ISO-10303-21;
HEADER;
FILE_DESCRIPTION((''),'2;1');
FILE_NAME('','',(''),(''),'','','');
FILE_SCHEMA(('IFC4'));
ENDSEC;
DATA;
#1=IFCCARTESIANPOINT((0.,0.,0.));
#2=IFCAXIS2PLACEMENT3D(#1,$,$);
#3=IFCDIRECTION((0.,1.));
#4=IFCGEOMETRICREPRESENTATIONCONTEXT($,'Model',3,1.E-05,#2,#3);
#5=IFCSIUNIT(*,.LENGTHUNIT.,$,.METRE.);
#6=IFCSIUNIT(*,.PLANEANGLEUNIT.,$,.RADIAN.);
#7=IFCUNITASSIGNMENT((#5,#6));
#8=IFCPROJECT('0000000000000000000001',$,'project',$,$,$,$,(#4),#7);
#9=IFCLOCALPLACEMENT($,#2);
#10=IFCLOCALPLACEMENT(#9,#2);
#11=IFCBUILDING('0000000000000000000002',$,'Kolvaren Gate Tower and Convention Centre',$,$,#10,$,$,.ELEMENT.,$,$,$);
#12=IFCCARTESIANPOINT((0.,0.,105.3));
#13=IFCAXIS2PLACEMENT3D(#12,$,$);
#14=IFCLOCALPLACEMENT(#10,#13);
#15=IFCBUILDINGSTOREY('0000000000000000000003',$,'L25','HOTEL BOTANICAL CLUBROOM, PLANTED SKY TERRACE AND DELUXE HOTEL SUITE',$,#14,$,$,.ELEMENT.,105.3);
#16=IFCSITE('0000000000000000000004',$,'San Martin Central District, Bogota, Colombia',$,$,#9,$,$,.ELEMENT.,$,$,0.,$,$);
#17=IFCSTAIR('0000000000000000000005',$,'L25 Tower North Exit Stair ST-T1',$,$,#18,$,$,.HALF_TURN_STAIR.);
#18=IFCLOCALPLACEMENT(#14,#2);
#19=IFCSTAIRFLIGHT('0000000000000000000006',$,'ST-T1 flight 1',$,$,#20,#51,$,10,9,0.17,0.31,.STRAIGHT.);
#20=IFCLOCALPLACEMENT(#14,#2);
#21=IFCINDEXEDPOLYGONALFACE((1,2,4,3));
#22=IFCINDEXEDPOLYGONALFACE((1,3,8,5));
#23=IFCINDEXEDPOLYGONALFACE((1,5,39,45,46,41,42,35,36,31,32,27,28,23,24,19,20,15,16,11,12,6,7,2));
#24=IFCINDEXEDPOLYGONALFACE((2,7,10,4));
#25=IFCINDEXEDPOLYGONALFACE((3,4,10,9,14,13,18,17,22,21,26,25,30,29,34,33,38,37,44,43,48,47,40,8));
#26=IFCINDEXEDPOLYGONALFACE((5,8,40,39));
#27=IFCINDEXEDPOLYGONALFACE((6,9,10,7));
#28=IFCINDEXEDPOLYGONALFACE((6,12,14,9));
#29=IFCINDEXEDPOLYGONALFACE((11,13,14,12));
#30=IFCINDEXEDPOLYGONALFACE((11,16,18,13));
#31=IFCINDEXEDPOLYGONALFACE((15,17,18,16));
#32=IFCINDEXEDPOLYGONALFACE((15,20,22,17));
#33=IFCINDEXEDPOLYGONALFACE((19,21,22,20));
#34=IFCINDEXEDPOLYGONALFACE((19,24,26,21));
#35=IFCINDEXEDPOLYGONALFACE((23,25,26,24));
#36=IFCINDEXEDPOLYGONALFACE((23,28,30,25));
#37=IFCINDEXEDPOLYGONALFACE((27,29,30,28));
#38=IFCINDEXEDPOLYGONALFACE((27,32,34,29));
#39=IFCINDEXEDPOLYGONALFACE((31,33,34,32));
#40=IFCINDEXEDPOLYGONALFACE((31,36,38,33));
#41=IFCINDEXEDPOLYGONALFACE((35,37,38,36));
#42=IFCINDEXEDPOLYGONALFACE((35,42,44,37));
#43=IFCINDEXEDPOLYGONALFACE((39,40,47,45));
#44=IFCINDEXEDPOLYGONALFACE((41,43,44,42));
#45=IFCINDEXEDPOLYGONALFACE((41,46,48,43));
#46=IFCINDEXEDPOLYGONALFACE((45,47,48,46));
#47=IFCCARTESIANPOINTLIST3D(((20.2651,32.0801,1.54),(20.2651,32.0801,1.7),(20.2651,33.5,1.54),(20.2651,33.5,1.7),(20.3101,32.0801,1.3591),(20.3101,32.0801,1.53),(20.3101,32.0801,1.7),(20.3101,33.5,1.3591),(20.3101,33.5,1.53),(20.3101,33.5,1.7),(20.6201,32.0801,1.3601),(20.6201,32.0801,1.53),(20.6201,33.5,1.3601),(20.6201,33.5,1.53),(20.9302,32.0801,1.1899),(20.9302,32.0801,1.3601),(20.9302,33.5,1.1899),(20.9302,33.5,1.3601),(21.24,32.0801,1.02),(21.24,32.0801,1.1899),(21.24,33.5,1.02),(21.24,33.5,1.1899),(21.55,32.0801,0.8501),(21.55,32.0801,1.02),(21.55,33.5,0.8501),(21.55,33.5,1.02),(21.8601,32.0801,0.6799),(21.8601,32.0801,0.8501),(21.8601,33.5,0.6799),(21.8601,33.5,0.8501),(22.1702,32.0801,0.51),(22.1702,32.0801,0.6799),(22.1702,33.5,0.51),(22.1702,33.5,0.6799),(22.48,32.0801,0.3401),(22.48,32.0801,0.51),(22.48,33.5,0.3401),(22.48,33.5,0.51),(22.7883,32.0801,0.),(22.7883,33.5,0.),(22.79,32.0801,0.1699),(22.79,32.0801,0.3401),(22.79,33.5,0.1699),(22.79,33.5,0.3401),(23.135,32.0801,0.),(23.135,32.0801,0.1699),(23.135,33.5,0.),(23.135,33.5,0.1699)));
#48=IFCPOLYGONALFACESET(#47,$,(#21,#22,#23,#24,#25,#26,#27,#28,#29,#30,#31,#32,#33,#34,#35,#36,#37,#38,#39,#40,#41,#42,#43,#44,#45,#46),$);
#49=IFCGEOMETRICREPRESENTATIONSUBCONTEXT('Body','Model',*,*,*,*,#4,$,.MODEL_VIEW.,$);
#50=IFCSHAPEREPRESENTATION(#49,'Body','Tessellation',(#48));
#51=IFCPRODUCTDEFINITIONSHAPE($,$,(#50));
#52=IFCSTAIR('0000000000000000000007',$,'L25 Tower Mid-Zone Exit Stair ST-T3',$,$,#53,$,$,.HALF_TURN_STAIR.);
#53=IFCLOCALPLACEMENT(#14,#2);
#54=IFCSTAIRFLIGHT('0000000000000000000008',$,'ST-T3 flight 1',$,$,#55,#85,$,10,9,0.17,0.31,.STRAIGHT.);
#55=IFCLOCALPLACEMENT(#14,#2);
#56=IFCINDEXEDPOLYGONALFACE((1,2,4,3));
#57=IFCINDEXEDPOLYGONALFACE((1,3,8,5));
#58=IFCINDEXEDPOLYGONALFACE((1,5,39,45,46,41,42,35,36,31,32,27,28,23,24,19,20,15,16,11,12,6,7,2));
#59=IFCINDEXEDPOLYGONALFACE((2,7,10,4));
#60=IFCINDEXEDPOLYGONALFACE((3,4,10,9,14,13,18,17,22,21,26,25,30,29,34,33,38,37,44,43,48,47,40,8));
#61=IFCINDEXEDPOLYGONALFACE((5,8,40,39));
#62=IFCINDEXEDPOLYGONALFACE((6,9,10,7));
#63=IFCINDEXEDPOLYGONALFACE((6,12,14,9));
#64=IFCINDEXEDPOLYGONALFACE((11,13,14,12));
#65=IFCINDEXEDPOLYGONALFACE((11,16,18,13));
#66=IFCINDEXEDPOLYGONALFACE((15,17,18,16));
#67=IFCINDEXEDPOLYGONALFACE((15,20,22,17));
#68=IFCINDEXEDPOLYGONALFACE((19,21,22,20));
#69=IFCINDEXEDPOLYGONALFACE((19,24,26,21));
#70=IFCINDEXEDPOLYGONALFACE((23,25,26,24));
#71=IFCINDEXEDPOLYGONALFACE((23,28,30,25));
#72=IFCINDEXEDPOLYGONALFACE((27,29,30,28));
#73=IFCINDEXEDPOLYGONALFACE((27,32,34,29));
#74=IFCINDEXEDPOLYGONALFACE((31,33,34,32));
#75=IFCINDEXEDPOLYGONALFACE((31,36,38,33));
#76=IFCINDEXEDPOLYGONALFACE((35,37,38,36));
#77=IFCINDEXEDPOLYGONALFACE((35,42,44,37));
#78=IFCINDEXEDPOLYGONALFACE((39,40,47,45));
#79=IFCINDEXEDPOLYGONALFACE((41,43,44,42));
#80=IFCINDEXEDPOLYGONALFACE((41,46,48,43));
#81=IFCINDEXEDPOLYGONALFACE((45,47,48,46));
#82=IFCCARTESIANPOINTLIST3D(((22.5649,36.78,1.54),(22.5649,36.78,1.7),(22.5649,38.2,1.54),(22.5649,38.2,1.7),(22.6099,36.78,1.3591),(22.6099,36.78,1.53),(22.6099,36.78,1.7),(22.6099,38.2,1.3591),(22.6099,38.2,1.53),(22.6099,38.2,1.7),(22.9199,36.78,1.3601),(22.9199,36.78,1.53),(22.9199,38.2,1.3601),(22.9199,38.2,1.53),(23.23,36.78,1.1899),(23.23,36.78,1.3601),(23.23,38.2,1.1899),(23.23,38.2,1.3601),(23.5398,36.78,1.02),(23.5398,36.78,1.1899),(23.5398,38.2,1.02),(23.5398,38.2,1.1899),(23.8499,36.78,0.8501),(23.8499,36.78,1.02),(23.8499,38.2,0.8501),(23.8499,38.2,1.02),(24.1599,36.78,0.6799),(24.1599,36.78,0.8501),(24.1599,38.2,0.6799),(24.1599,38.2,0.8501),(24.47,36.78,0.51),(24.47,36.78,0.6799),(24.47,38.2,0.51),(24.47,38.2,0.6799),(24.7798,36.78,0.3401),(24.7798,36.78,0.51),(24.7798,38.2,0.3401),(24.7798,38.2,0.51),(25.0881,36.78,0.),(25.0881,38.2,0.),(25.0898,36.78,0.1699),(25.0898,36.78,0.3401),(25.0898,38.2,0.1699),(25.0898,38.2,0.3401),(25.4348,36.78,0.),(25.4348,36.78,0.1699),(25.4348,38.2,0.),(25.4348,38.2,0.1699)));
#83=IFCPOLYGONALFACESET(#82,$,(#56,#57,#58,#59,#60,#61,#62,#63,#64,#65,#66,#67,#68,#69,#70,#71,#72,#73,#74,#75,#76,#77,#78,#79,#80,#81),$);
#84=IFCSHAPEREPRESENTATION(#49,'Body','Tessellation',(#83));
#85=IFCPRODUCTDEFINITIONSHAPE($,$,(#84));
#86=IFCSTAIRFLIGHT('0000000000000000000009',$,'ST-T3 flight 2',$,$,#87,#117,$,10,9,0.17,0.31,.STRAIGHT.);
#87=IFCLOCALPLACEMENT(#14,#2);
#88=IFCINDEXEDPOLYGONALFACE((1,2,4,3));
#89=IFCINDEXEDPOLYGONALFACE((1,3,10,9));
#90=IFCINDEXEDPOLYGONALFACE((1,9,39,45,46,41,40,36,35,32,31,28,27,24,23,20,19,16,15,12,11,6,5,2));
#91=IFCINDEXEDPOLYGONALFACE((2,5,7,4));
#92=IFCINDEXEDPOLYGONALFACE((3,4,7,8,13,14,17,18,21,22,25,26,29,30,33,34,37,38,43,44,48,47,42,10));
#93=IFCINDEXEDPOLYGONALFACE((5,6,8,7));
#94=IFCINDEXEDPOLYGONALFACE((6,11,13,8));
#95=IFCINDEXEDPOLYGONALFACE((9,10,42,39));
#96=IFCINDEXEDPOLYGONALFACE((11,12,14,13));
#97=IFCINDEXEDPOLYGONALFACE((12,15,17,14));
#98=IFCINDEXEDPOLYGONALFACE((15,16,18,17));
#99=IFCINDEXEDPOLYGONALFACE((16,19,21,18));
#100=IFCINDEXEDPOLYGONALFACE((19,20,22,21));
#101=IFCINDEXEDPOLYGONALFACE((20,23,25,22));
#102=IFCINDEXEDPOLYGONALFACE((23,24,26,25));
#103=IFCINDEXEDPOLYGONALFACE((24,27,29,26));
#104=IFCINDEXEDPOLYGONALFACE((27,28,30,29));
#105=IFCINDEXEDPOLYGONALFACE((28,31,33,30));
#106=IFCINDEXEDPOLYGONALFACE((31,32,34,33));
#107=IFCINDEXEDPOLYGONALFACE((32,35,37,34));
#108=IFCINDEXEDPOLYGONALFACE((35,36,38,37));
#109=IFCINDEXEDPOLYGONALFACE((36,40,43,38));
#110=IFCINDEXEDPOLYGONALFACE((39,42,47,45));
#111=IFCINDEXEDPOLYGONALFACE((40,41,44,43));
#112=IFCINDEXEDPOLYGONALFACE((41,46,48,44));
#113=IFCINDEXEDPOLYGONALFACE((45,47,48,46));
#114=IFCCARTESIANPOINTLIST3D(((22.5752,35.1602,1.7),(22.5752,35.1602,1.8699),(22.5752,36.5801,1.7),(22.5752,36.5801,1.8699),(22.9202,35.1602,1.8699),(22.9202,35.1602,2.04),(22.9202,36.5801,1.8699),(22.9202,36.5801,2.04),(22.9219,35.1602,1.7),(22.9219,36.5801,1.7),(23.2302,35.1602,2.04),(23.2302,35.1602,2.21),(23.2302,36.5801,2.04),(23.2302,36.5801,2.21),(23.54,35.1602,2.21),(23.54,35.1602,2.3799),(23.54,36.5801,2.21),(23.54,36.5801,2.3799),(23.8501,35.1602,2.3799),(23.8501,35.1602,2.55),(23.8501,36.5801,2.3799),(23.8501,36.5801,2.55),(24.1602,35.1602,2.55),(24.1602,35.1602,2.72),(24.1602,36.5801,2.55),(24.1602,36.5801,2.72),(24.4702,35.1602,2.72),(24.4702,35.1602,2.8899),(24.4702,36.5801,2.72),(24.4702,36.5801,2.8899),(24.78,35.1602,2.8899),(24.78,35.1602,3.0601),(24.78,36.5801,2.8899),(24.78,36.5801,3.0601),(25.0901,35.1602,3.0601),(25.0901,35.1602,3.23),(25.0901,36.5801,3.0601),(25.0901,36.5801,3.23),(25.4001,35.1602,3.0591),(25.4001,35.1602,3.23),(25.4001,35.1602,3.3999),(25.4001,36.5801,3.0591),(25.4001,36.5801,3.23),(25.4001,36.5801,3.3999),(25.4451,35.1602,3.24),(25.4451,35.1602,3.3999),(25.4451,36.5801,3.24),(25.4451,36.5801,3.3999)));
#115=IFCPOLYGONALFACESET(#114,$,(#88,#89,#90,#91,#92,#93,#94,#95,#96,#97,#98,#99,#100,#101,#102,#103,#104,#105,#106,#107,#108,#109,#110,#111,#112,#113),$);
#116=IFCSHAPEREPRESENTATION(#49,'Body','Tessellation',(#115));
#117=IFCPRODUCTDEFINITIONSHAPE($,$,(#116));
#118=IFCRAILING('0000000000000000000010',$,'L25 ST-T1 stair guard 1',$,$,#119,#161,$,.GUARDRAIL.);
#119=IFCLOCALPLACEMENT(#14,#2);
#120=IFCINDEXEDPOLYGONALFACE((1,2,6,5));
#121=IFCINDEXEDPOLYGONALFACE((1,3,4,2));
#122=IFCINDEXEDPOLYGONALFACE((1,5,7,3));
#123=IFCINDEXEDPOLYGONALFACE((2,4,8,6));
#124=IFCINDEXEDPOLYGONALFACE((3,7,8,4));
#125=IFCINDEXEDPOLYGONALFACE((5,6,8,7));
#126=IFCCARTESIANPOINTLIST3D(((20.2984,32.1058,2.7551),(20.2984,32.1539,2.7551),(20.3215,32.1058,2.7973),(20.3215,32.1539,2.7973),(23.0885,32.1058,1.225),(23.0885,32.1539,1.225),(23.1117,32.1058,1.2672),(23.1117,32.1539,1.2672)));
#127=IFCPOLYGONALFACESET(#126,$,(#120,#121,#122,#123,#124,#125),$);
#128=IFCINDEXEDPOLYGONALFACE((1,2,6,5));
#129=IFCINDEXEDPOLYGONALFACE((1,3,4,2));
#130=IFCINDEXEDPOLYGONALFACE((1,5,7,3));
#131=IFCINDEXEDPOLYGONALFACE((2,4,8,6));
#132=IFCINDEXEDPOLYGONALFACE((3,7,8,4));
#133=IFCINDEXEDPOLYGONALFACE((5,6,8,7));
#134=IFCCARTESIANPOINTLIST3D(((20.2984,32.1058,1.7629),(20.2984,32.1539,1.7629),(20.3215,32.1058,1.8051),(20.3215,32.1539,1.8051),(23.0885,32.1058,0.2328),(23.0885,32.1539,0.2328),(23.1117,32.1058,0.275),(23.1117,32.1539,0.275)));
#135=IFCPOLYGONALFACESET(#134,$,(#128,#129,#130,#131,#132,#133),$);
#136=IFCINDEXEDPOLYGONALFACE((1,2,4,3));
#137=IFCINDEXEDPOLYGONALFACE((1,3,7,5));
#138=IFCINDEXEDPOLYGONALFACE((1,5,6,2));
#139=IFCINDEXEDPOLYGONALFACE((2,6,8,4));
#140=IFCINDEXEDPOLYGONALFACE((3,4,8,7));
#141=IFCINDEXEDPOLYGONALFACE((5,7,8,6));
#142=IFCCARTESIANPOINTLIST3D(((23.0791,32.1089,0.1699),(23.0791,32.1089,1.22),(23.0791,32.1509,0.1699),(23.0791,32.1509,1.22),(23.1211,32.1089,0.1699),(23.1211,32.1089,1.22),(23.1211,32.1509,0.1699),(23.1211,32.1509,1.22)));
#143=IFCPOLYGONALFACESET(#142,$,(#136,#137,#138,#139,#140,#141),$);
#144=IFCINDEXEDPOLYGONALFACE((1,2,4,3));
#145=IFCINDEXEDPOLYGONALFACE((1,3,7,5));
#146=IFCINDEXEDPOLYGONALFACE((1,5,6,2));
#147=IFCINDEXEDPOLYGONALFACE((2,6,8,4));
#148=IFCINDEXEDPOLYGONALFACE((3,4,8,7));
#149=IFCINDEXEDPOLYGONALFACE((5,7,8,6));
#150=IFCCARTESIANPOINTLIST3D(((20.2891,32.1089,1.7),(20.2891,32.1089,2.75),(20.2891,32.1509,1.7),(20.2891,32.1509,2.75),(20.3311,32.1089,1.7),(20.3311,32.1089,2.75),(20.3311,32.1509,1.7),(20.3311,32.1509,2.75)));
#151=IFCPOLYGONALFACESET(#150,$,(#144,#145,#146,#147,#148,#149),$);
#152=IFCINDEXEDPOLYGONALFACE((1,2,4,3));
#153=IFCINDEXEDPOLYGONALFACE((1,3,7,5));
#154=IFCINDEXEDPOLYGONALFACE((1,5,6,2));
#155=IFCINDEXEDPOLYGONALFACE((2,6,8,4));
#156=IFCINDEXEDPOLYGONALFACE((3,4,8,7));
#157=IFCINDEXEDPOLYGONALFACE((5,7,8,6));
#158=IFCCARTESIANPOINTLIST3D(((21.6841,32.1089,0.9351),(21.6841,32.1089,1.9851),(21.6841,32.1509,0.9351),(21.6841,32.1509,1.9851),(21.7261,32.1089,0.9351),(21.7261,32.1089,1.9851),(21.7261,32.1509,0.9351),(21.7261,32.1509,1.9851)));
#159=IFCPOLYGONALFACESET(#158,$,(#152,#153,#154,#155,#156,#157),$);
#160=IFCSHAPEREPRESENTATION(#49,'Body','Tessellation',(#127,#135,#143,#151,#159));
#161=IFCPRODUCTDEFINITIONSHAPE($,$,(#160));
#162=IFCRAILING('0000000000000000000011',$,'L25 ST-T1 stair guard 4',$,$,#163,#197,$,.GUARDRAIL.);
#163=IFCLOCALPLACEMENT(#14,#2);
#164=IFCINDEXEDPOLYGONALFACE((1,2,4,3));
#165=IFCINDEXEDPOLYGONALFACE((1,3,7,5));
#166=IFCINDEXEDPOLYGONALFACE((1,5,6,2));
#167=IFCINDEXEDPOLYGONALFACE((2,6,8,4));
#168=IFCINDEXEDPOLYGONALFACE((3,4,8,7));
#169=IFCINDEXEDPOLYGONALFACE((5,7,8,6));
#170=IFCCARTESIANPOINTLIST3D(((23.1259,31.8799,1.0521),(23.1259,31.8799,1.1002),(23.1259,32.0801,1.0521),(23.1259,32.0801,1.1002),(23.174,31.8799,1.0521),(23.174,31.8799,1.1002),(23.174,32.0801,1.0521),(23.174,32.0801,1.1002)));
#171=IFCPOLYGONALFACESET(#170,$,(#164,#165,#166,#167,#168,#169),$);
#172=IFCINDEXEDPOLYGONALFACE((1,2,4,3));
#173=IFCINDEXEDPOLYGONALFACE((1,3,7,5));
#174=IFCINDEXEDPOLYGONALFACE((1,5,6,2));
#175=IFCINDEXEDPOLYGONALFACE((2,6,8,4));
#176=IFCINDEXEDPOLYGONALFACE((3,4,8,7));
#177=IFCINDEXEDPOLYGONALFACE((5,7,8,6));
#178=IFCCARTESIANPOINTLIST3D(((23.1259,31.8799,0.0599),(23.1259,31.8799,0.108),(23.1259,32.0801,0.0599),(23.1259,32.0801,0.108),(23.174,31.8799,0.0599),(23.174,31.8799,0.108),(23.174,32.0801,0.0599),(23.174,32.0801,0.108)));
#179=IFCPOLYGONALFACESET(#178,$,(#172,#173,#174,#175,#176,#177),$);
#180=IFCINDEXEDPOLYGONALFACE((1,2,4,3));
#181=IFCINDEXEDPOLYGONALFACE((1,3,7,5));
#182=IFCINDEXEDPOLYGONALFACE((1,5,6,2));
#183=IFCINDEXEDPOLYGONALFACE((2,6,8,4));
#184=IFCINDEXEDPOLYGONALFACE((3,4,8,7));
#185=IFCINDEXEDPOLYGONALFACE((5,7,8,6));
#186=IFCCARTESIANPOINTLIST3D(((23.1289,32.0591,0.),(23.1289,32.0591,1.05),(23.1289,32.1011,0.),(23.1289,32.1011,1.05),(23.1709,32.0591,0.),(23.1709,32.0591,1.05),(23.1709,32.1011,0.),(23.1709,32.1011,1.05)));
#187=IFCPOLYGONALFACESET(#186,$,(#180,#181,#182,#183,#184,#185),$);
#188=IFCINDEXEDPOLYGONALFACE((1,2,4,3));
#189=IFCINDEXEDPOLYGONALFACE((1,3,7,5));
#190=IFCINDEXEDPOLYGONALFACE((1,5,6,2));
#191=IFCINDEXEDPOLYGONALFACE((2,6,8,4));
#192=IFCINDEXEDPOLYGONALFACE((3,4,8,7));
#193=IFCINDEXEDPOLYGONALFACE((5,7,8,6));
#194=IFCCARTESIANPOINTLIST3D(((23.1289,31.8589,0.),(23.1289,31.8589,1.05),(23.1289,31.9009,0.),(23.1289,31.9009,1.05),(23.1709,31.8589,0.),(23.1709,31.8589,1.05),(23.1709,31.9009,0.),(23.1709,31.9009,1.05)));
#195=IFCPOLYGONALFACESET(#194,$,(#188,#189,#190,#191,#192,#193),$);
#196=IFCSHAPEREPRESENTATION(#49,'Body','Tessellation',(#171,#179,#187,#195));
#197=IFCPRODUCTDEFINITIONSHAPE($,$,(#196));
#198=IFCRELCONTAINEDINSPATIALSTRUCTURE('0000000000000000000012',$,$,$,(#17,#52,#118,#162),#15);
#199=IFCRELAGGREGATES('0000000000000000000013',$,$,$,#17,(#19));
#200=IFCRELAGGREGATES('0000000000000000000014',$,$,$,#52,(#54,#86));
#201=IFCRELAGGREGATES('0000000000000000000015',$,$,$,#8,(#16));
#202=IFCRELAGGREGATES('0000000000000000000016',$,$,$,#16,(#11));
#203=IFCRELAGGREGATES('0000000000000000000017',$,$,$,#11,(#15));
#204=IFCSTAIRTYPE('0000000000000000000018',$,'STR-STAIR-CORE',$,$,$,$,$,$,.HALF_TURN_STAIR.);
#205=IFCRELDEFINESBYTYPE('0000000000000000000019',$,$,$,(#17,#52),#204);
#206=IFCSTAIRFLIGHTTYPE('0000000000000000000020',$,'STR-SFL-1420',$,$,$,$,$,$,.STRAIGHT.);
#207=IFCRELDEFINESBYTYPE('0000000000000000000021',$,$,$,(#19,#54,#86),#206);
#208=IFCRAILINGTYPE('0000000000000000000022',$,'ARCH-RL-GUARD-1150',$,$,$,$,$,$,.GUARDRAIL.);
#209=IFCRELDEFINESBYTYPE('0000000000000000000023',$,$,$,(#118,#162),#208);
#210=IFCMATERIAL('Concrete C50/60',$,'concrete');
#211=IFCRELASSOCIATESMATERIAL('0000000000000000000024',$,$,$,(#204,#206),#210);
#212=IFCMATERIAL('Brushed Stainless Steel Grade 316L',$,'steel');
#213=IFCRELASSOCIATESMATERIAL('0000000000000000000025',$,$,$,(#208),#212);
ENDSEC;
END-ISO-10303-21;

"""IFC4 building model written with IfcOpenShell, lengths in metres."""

from ifc_helpers import new_model, si_unit, direction, frame, origin, origin_2d, place, context, subcontext, project, spatial, polyline, rectangle, outline, extrude, material, type_object, element, aggregate, save


model = new_model("IFC4")

# Units and contexts
model_context = context("Model", 3, precision=1e-05, world=origin(), true_north=direction((0.0, 1.0)))
body_context = subcontext(model_context, "Body", "Model", "MODEL_VIEW")
ifc_project = project(units=[si_unit("LENGTHUNIT", "METRE"), si_unit("PLANEANGLEUNIT", "RADIAN")], contexts=[model_context])

# Site, building, storey
site_placement = place(None, origin())
site = spatial("IfcSite", under=ifc_project, at=site_placement, Name="San Martin Central District, Bogota, Colombia", CompositionType="ELEMENT", RefElevation=0.0)
building_placement = place(site_placement, origin())
building = spatial("IfcBuilding", under=site, at=building_placement, Name="Kolvaren Gate Tower and Convention Centre", CompositionType="ELEMENT")
storey_placement = place(building_placement, frame((0.0, 0.0, 105.3)))
storey = spatial("IfcBuildingStorey", under=building, at=storey_placement, Name="L25", Description="HOTEL BOTANICAL CLUBROOM, PLANTED SKY TERRACE AND DELUXE HOTEL SUITE", CompositionType="ELEMENT", Elevation=105.3)

# Shared definitions
ifc_material_1 = material(Name="Concrete C50/60", Category="concrete")

# Stair, stair flight
stair_type = type_object("IfcStairType", Name="STR-STAIR-CORE", PredefinedType="HALF_TURN_STAIR", material=ifc_material_1)
stair_1_placement = place(storey_placement, origin())
stair_1 = element("IfcStair", 1, at=stair_1_placement, inside=storey, type_object=stair_type, Name="L25 Tower North Exit Stair ST-T1", PredefinedType="HALF_TURN_STAIR")
stair_flight_type = type_object("IfcStairFlightType", Name="STR-SFL-1420", PredefinedType="STRAIGHT", material=ifc_material_1)
stair_flight_1_placement = place(storey_placement, frame((23.1001, 32.79, 0.0), z_axis=(0.0, 0.0, 1.0), x_axis=(-1.0, 0.0, 0.0)))
stair_flight_1 = element("IfcStairFlight", 2, at=stair_flight_1_placement, type_object=stair_flight_type, Name="ST-T1 flight 1", NumberOfRisers=10, NumberOfTreads=9, PredefinedType="STRAIGHT", RiserHeight=0.17, TreadLength=0.31, context=body_context, shape_type="SweptSolid", body=[
    extrude(outline(polyline([(-0.0349, 0.0), (-0.0349, 0.1699), (0.3101, 0.1699), (0.3101, 0.3401), (0.6201, 0.3401), (0.6201, 0.51), (0.9299, 0.51), (0.9299, 0.6799), (1.24, 0.6799), (1.24, 0.8501), (1.55, 0.8501), (1.55, 1.02), (1.8601, 1.02), (1.8601, 1.1899), (2.1699, 1.1899), (2.1699, 1.3601), (2.48, 1.3601), (2.48, 1.53), (2.79, 1.53), (2.79, 1.7), (2.835, 1.7), (2.835, 1.54), (2.79, 1.3591), (0.3118, 0.0), (-0.0349, 0.0)])), frame((0.0, 0.71, 0.0), z_axis=(0.0, -1.0, 0.0), x_axis=(1.0, 0.0, 0.0)), (0.0, 0.0, 1.0), 1.4199),
])
aggregate(stair_1, [stair_flight_1])

# Stair, stair flights
stair_2_placement = place(storey_placement, origin())
stair_2 = element("IfcStair", 3, at=stair_2_placement, inside=storey, type_object=stair_type, Name="L25 Tower Mid-Zone Exit Stair ST-T3", PredefinedType="HALF_TURN_STAIR")
stair_flight_2_placement = place(storey_placement, frame((25.3999, 37.49, 0.0), z_axis=(0.0, 0.0, 1.0), x_axis=(-1.0, 0.0, 0.0)))
stair_flight_2 = element("IfcStairFlight", 4, at=stair_flight_2_placement, type_object=stair_flight_type, Name="ST-T3 flight 1", NumberOfRisers=10, NumberOfTreads=9, PredefinedType="STRAIGHT", RiserHeight=0.17, TreadLength=0.31, context=body_context, shape_type="SweptSolid", body=[
    extrude(outline(polyline([(-0.0349, 0.0), (-0.0349, 0.1699), (0.3101, 0.1699), (0.3101, 0.3401), (0.6201, 0.3401), (0.6201, 0.51), (0.9299, 0.51), (0.9299, 0.6799), (1.24, 0.6799), (1.24, 0.8501), (1.55, 0.8501), (1.55, 1.02), (1.8601, 1.02), (1.8601, 1.1899), (2.1699, 1.1899), (2.1699, 1.3601), (2.48, 1.3601), (2.48, 1.53), (2.79, 1.53), (2.79, 1.7), (2.835, 1.7), (2.835, 1.54), (2.79, 1.3591), (0.3118, 0.0), (-0.0349, 0.0)])), frame((0.0, 0.71, 0.0), z_axis=(0.0, -1.0, 0.0), x_axis=(1.0, 0.0, 0.0)), (0.0, 0.0, 1.0), 1.4199),
])
stair_flight_3_placement = place(storey_placement, frame((22.6101, 35.8701, 1.7), z_axis=(0.0, 0.0, 1.0), x_axis=(1.0, 0.0, 0.0)))
stair_flight_3 = element("IfcStairFlight", 5, at=stair_flight_3_placement, type_object=stair_flight_type, Name="ST-T3 flight 2", NumberOfRisers=10, NumberOfTreads=9, PredefinedType="STRAIGHT", RiserHeight=0.17, TreadLength=0.31, context=body_context, shape_type="SweptSolid", body=[
    extrude(outline(polyline([(-0.0349, 0.0), (-0.0349, 0.1699), (0.3101, 0.1699), (0.3101, 0.3401), (0.6201, 0.3401), (0.6201, 0.51), (0.9299, 0.51), (0.9299, 0.6799), (1.24, 0.6799), (1.24, 0.8501), (1.55, 0.8501), (1.55, 1.02), (1.8601, 1.02), (1.8601, 1.1899), (2.1699, 1.1899), (2.1699, 1.3601), (2.48, 1.3601), (2.48, 1.53), (2.79, 1.53), (2.79, 1.7), (2.835, 1.7), (2.835, 1.54), (2.79, 1.3591), (0.3118, 0.0), (-0.0349, 0.0)])), frame((0.0, 0.71, 0.0), z_axis=(0.0, -1.0, 0.0), x_axis=(1.0, 0.0, 0.0)), (0.0, 0.0, 1.0), 1.4199),
])
aggregate(stair_2, [stair_flight_2, stair_flight_3])

# Railings
ifc_material_2 = material(Name="Brushed Stainless Steel Grade 316L", Category="steel")
railing_type_1 = type_object("IfcRailingType", Name="ARCH-RL-GUARD-1150", PredefinedType="GUARDRAIL", material=ifc_material_2)
railing_1_placement = place(storey_placement, frame((23.1001, 32.1299, 0.1699)))
element("IfcRailing", 6, at=railing_1_placement, inside=storey, type_object=railing_type_1, Name="L25 ST-T1 stair guard 1", PredefinedType="GUARDRAIL", context=body_context, shape_type="SweptSolid", body=[
    extrude(rectangle(XDim=0.0481, YDim=0.0481, at=origin_2d()), frame((0.0, 0.0, 1.0762), z_axis=(-0.876811, 0.0, 0.480835), x_axis=(0.0, -1.0, 0.0)), (0.0, 0.0, 1.0), 3.1821),
    extrude(rectangle(XDim=0.0481, YDim=0.0481, at=origin_2d()), frame((0.0, 0.0, 0.084), z_axis=(-0.876811, 0.0, 0.480835), x_axis=(0.0, -1.0, 0.0)), (0.0, 0.0, 1.0), 3.1821),
    extrude(rectangle(XDim=0.042, YDim=0.042, at=origin_2d()), origin(), (0.0, 0.0, 1.0), 1.05),
    extrude(rectangle(XDim=0.042, YDim=0.042, at=origin_2d()), frame((-2.79, 0.0, 1.53)), (0.0, 0.0, 1.0), 1.05),
    extrude(rectangle(XDim=0.042, YDim=0.042, at=origin_2d()), frame((-1.395, 0.0, 0.7651)), (0.0, 0.0, 1.0), 1.05),
])
railing_2_placement = place(storey_placement, frame((23.1499, 32.0801, 0.0)))
element("IfcRailing", 7, at=railing_2_placement, inside=storey, type_object=railing_type_1, Name="L25 ST-T1 stair guard 4", PredefinedType="GUARDRAIL", context=body_context, shape_type="SweptSolid", body=[
    extrude(rectangle(XDim=0.0481, YDim=0.0481, at=origin_2d()), frame((0.0, 0.0, 1.0762), z_axis=(0.0, -1.0, 0.0), x_axis=(1.0, 0.0, 0.0)), (0.0, 0.0, 1.0), 0.2002),
    extrude(rectangle(XDim=0.0481, YDim=0.0481, at=origin_2d()), frame((0.0, 0.0, 0.084), z_axis=(0.0, -1.0, 0.0), x_axis=(1.0, 0.0, 0.0)), (0.0, 0.0, 1.0), 0.2002),
    extrude(rectangle(XDim=0.042, YDim=0.042, at=origin_2d()), origin(), (0.0, 0.0, 1.0), 1.05),
    extrude(rectangle(XDim=0.042, YDim=0.042, at=origin_2d()), frame((0.0, -0.2002, 0.0)), (0.0, 0.0, 1.0), 1.05),
])

save(model, "model.ifc")
